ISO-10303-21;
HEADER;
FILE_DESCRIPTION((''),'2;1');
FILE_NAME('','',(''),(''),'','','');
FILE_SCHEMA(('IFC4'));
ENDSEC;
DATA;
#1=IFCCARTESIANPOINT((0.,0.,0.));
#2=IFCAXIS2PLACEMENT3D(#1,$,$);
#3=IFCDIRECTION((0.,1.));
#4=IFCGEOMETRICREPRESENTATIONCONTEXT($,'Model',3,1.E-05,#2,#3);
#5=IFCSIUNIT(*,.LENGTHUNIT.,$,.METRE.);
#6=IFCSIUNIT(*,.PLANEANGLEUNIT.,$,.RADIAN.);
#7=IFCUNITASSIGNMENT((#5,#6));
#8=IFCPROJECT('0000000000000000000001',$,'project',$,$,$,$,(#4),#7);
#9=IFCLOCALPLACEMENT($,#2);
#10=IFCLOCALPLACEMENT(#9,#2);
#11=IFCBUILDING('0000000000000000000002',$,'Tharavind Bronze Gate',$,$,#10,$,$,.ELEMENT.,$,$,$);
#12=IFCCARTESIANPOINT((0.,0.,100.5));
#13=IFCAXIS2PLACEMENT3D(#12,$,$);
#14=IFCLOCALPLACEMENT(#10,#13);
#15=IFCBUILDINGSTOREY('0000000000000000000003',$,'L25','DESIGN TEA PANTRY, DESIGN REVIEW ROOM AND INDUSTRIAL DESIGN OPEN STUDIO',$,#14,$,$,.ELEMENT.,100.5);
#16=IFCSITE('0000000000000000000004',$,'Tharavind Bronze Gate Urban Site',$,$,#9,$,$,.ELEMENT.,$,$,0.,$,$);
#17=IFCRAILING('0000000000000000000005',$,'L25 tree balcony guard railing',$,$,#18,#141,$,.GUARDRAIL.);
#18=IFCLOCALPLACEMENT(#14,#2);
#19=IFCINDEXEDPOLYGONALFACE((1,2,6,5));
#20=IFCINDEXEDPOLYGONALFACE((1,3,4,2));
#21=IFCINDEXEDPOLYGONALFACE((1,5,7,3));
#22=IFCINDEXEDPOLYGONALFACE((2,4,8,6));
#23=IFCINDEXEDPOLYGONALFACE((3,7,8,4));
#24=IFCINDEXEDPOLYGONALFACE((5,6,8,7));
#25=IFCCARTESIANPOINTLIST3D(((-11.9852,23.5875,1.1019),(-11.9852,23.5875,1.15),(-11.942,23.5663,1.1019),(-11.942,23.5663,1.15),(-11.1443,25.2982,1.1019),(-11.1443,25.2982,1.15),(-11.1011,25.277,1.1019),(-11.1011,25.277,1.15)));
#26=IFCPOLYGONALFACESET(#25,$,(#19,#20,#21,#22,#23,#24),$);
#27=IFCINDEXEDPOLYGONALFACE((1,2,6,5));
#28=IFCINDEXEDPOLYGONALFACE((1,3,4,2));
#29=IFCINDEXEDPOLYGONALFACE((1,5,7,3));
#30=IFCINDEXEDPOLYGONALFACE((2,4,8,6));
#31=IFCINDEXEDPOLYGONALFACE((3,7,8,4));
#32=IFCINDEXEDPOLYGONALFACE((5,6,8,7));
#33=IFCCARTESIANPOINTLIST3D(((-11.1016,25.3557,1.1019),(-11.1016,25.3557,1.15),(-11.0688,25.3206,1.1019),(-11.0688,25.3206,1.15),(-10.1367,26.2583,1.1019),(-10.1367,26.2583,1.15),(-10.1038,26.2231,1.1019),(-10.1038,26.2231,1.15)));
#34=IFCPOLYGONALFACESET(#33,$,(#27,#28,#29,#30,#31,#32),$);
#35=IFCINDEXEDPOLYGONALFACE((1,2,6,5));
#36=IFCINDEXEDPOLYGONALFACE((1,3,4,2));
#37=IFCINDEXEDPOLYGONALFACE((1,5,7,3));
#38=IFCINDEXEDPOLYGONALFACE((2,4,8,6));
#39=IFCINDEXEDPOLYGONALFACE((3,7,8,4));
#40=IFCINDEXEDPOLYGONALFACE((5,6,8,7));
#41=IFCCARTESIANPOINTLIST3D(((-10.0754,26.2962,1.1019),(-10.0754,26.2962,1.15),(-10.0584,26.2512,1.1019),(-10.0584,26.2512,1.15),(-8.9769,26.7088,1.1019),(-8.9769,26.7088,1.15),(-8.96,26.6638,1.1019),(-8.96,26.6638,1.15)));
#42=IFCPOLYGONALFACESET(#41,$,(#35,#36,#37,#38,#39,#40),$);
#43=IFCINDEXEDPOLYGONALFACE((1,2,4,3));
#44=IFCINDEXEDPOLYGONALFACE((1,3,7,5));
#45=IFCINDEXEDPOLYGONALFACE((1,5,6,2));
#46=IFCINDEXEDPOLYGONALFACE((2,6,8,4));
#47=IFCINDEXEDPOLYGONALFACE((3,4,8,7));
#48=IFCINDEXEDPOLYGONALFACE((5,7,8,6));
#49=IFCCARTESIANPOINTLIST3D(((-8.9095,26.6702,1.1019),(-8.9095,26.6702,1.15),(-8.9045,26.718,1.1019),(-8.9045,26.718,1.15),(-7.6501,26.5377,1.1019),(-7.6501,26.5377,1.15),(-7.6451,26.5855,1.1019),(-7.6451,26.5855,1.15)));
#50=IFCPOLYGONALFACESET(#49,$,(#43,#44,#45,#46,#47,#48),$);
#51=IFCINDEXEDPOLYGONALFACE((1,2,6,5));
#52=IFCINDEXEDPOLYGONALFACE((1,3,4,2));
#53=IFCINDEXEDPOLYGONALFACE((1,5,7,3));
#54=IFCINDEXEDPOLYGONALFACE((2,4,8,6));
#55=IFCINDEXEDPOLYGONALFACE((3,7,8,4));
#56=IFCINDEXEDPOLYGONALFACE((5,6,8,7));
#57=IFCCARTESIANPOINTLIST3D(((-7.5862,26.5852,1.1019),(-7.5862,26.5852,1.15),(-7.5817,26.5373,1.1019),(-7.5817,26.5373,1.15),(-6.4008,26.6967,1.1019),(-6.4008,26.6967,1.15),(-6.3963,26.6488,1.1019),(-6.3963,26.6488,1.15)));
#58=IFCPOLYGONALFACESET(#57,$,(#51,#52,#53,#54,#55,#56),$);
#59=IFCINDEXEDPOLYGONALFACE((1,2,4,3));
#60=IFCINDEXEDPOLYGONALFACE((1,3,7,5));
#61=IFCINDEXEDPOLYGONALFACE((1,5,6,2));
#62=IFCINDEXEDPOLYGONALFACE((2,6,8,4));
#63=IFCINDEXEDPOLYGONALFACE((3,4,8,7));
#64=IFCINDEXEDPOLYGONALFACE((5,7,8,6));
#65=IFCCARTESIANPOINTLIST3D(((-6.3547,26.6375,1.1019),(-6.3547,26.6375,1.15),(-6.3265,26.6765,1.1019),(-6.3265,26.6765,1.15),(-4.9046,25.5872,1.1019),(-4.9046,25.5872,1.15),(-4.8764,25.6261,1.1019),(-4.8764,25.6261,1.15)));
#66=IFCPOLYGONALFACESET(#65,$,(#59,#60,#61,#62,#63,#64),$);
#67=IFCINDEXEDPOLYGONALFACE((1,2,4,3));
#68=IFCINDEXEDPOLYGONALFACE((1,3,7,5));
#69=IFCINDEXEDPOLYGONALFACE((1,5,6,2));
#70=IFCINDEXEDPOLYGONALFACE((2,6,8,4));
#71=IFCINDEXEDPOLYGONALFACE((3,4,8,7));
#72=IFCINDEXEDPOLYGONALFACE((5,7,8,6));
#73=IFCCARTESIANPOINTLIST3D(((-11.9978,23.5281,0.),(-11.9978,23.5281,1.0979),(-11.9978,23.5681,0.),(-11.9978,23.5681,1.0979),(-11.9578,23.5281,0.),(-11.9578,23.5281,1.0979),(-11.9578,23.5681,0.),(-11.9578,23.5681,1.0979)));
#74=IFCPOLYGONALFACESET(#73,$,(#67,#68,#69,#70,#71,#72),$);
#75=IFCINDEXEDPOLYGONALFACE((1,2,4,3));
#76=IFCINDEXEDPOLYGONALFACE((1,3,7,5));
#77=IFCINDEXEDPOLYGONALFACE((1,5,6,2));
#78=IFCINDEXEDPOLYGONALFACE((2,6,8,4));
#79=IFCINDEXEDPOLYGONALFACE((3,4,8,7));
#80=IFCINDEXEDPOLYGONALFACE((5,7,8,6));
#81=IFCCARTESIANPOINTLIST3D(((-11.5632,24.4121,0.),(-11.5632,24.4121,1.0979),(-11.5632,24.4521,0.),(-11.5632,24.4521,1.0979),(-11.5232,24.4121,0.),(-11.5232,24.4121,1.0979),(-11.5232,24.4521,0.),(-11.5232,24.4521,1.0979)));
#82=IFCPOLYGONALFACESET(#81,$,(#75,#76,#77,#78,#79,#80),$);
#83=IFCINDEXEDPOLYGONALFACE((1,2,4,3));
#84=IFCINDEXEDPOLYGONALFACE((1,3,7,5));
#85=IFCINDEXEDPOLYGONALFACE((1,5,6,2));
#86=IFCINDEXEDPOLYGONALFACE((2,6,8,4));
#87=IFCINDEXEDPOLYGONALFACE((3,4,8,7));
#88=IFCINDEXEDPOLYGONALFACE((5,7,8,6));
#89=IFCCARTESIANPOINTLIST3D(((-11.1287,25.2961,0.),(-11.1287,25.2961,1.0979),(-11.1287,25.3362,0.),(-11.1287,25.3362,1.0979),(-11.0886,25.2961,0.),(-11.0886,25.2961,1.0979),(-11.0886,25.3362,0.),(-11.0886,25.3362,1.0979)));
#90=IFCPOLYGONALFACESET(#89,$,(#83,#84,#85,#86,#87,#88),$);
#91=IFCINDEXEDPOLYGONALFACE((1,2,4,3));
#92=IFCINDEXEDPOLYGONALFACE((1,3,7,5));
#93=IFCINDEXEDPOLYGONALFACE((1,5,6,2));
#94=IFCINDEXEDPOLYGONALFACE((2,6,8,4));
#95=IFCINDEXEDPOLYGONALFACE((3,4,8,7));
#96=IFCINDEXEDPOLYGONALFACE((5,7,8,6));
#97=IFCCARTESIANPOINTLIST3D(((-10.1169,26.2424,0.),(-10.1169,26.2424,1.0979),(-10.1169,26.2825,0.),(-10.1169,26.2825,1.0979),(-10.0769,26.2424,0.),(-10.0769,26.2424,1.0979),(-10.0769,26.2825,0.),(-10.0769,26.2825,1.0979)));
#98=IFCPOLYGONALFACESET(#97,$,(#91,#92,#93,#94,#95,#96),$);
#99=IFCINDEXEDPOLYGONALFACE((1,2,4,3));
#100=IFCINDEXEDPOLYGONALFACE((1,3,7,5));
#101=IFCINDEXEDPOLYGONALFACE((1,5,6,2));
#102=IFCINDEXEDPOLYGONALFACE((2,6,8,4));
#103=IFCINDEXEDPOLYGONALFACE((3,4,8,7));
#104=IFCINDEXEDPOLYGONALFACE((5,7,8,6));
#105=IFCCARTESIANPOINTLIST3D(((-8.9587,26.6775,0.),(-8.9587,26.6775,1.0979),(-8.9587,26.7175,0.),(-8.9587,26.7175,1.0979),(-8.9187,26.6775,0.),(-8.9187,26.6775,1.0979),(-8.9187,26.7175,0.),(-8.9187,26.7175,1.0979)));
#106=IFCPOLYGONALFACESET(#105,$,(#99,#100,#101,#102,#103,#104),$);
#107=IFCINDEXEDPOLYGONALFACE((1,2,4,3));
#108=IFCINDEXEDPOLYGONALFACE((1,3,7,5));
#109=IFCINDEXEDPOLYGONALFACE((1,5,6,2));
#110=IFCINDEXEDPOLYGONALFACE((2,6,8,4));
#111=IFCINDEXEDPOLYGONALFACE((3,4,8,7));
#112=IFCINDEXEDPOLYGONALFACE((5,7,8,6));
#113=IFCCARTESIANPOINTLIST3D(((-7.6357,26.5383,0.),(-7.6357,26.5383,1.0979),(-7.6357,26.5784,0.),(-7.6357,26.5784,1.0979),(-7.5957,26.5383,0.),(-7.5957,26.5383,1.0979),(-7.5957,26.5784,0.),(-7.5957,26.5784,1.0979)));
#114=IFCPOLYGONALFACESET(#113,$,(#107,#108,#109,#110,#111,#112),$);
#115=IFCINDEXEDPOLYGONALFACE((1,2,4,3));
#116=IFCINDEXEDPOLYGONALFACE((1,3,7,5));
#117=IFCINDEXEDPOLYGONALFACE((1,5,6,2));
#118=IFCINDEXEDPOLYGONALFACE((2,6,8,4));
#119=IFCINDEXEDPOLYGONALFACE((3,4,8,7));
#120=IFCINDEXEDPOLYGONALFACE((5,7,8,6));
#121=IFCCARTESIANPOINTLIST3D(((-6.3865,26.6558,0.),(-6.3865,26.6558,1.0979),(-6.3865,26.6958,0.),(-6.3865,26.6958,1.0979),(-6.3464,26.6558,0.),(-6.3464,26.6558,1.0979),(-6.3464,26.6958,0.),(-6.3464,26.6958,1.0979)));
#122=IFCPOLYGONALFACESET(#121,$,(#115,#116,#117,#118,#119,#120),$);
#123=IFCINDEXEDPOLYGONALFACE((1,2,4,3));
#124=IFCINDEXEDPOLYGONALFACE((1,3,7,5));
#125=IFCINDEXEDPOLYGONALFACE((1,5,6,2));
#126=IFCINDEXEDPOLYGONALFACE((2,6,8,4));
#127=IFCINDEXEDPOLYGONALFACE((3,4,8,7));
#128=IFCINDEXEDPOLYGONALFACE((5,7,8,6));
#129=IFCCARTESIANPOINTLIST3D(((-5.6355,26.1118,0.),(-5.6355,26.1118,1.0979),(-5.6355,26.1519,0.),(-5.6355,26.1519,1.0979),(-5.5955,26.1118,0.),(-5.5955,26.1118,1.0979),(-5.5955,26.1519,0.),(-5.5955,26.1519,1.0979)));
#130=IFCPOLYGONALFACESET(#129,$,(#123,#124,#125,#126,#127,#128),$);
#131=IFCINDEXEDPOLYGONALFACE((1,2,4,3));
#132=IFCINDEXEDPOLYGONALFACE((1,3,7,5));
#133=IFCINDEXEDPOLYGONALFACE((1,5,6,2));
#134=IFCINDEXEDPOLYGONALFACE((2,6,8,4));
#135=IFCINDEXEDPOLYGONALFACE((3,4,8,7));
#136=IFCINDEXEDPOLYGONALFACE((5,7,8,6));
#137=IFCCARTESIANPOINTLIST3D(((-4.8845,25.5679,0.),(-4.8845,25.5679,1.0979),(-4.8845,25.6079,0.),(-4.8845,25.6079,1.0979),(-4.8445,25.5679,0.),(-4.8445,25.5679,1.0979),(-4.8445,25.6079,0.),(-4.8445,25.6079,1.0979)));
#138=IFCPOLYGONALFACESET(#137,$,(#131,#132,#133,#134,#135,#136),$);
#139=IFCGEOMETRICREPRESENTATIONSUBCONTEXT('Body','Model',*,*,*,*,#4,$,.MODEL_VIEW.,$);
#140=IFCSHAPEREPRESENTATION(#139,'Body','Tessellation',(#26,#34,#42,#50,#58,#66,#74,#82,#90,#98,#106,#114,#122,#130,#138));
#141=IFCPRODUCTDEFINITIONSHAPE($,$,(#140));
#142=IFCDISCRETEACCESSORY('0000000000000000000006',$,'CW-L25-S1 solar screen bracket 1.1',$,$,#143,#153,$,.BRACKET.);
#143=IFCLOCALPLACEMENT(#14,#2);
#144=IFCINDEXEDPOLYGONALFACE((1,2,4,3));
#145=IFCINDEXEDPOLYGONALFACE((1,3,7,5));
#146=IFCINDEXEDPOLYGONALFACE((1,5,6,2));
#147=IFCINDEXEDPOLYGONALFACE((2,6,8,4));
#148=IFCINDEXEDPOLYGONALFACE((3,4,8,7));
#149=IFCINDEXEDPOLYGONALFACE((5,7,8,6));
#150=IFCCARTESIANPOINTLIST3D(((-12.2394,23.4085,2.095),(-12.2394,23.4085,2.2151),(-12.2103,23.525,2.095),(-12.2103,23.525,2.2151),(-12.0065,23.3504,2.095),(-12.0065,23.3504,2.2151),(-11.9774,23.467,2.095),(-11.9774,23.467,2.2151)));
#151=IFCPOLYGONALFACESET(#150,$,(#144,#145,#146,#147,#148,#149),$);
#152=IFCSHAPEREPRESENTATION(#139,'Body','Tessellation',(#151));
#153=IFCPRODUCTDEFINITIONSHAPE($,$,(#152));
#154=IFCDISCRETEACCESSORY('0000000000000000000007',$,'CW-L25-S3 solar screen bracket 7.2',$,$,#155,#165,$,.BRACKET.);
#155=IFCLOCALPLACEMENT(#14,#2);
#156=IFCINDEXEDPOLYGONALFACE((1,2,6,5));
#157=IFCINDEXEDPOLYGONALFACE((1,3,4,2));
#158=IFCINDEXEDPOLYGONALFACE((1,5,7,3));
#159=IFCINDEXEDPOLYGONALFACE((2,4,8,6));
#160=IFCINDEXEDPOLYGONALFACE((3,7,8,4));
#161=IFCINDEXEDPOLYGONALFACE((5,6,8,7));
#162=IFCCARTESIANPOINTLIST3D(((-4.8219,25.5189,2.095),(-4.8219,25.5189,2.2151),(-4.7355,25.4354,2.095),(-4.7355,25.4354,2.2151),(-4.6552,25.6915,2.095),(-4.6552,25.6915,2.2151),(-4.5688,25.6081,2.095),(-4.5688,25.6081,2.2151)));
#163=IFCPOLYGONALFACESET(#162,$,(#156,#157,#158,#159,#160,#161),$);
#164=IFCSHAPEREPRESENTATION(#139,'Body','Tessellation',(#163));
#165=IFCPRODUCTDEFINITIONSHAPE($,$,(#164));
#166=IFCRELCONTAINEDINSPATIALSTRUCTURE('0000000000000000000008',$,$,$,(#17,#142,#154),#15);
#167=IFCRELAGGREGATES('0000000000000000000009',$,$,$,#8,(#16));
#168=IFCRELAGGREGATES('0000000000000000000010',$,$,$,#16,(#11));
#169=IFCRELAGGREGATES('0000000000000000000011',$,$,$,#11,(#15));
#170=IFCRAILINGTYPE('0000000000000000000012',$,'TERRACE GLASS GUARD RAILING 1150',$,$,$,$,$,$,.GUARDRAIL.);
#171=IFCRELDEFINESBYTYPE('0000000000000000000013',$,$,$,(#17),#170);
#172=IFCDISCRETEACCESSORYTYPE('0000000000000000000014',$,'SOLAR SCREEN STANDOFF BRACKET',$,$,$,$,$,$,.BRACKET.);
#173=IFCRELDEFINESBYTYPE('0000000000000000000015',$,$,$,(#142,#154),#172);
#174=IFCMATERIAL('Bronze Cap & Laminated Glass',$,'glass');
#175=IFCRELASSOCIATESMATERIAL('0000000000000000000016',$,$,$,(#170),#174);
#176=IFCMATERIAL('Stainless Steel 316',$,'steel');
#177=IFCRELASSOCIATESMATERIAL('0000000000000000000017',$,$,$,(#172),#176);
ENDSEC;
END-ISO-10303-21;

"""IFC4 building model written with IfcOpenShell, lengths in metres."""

from ifc_helpers import new_model, si_unit, direction, frame, origin, origin_2d, place, context, subcontext, project, spatial, rectangle, extrude, material, type_object, element, save


model = new_model("IFC4")

# Units and contexts
model_context = context("Model", 3, precision=1e-05, world=origin(), true_north=direction((0.0, 1.0)))
body_context = subcontext(model_context, "Body", "Model", "MODEL_VIEW")
ifc_project = project(units=[si_unit("LENGTHUNIT", "METRE"), si_unit("PLANEANGLEUNIT", "RADIAN")], contexts=[model_context])

# Site, building, storey
site_placement = place(None, origin())
site = spatial("IfcSite", under=ifc_project, at=site_placement, Name="Tharavind Bronze Gate Urban Site", CompositionType="ELEMENT", RefElevation=0.0)
building_placement = place(site_placement, origin())
building = spatial("IfcBuilding", under=site, at=building_placement, Name="Tharavind Bronze Gate", CompositionType="ELEMENT")
storey_placement = place(building_placement, frame((0.0, 0.0, 100.5)))
storey = spatial("IfcBuildingStorey", under=building, at=storey_placement, Name="L25", Description="DESIGN TEA PANTRY, DESIGN REVIEW ROOM AND INDUSTRIAL DESIGN OPEN STUDIO", CompositionType="ELEMENT", Elevation=100.5)

# Railing
ifc_material_1 = material(Name="Bronze Cap & Laminated Glass", Category="glass")
railing_type = type_object("IfcRailingType", Name="TERRACE GLASS GUARD RAILING 1150", PredefinedType="GUARDRAIL", material=ifc_material_1)
railing_placement = place(storey_placement, frame((-11.9778, 23.5481, 0.0)))
element("IfcRailing", 1, at=railing_placement, inside=storey, type_object=railing_type, Name="L25 tree balcony guard railing", PredefinedType="GUARDRAIL", context=body_context, shape_type="SweptSolid", body=[
    extrude(rectangle(XDim=0.0481, YDim=0.0481, at=origin_2d()), frame((0.0142, 0.0288, 1.126), z_axis=(0.441156, 0.89743, 0.0), x_axis=(-0.89743, 0.441156, 0.0)), (0.0, 0.0, 1.0), 1.9062),
    extrude(rectangle(XDim=0.0481, YDim=0.0481, at=origin_2d()), frame((0.8926, 1.79, 1.126), z_axis=(0.730328, 0.683096, 0.0), x_axis=(-0.683096, 0.730328, 0.0)), (0.0, 0.0, 1.0), 1.3213),
    extrude(rectangle(XDim=0.0481, YDim=0.0481, at=origin_2d()), frame((1.9109, 2.7256, 1.126), z_axis=(0.936134, 0.351642, 0.0), x_axis=(-0.351642, 0.936134, 0.0)), (0.0, 0.0, 1.0), 1.1733),
    extrude(rectangle(XDim=0.0481, YDim=0.0481, at=origin_2d()), frame((3.0708, 3.146, 1.126), z_axis=(0.994513, -0.104608, 0.0), x_axis=(0.104608, 0.994513, 0.0)), (0.0, 0.0, 1.0), 1.2664),
    extrude(rectangle(XDim=0.0481, YDim=0.0481, at=origin_2d()), frame((4.3938, 3.0132, 1.126), z_axis=(0.995611, 0.093588, 0.0), x_axis=(-0.093588, 0.995611, 0.0)), (0.0, 0.0, 1.0), 1.1907),
    extrude(rectangle(XDim=0.0481, YDim=0.0481, at=origin_2d()), frame((5.6372, 3.1089, 1.126), z_axis=(0.809873, -0.586605, 0.0), x_axis=(0.586605, 0.809873, 0.0)), (0.0, 0.0, 1.0), 1.7905),
    extrude(rectangle(XDim=0.04, YDim=0.04, at=origin_2d()), origin(), (0.0, 0.0, 1.0), 1.0979),
    extrude(rectangle(XDim=0.04, YDim=0.04, at=origin_2d()), frame((0.4346, 0.884, 0.0)), (0.0, 0.0, 1.0), 1.0979),
    extrude(rectangle(XDim=0.04, YDim=0.04, at=origin_2d()), frame((0.8691, 1.7681, 0.0)), (0.0, 0.0, 1.0), 1.0979),
    extrude(rectangle(XDim=0.04, YDim=0.04, at=origin_2d()), frame((1.8809, 2.7144, 0.0)), (0.0, 0.0, 1.0), 1.0979),
    extrude(rectangle(XDim=0.04, YDim=0.04, at=origin_2d()), frame((3.0391, 3.1494, 0.0)), (0.0, 0.0, 1.0), 1.0979),
    extrude(rectangle(XDim=0.04, YDim=0.04, at=origin_2d()), frame((4.3621, 3.0103, 0.0)), (0.0, 0.0, 1.0), 1.0979),
    extrude(rectangle(XDim=0.04, YDim=0.04, at=origin_2d()), frame((5.6113, 3.1277, 0.0)), (0.0, 0.0, 1.0), 1.0979),
    extrude(rectangle(XDim=0.04, YDim=0.04, at=origin_2d()), frame((6.3623, 2.5837, 0.0)), (0.0, 0.0, 1.0), 1.0979),
    extrude(rectangle(XDim=0.04, YDim=0.04, at=origin_2d()), frame((7.1133, 2.0398, 0.0)), (0.0, 0.0, 1.0), 1.0979),
])

# Discrete accessories
ifc_material_2 = material(Name="Stainless Steel 316", Category="steel")
discrete_accessory_type = type_object("IfcDiscreteAccessoryType", Name="SOLAR SCREEN STANDOFF BRACKET", PredefinedType="BRACKET", material=ifc_material_2)
for number, where, z_axis, x_axis, name in (
    (2, (-12.1084, 23.4377, 2.095), (0.0, 0.0, 1.0), (-0.241922, -0.970296, 0.0), "CW-L25-S1 solar screen bracket 1.1"),
    (3, (-4.6953, 25.5635, 2.095), (0.0, 0.0, 1.0), (-0.719341, 0.694657, 0.0), "CW-L25-S3 solar screen bracket 7.2"),
):
    element("IfcDiscreteAccessory", number, at=place(storey_placement, frame(where, z_axis=z_axis, x_axis=x_axis)), inside=storey, type_object=discrete_accessory_type, Name=name, PredefinedType="BRACKET", context=body_context, shape_type="SweptSolid", body=[
        extrude(rectangle(XDim=0.1201, YDim=0.24, at=origin_2d()), origin(), (0.0, 0.0, 1.0), 0.1201),
    ])

save(model, "model.ifc")
